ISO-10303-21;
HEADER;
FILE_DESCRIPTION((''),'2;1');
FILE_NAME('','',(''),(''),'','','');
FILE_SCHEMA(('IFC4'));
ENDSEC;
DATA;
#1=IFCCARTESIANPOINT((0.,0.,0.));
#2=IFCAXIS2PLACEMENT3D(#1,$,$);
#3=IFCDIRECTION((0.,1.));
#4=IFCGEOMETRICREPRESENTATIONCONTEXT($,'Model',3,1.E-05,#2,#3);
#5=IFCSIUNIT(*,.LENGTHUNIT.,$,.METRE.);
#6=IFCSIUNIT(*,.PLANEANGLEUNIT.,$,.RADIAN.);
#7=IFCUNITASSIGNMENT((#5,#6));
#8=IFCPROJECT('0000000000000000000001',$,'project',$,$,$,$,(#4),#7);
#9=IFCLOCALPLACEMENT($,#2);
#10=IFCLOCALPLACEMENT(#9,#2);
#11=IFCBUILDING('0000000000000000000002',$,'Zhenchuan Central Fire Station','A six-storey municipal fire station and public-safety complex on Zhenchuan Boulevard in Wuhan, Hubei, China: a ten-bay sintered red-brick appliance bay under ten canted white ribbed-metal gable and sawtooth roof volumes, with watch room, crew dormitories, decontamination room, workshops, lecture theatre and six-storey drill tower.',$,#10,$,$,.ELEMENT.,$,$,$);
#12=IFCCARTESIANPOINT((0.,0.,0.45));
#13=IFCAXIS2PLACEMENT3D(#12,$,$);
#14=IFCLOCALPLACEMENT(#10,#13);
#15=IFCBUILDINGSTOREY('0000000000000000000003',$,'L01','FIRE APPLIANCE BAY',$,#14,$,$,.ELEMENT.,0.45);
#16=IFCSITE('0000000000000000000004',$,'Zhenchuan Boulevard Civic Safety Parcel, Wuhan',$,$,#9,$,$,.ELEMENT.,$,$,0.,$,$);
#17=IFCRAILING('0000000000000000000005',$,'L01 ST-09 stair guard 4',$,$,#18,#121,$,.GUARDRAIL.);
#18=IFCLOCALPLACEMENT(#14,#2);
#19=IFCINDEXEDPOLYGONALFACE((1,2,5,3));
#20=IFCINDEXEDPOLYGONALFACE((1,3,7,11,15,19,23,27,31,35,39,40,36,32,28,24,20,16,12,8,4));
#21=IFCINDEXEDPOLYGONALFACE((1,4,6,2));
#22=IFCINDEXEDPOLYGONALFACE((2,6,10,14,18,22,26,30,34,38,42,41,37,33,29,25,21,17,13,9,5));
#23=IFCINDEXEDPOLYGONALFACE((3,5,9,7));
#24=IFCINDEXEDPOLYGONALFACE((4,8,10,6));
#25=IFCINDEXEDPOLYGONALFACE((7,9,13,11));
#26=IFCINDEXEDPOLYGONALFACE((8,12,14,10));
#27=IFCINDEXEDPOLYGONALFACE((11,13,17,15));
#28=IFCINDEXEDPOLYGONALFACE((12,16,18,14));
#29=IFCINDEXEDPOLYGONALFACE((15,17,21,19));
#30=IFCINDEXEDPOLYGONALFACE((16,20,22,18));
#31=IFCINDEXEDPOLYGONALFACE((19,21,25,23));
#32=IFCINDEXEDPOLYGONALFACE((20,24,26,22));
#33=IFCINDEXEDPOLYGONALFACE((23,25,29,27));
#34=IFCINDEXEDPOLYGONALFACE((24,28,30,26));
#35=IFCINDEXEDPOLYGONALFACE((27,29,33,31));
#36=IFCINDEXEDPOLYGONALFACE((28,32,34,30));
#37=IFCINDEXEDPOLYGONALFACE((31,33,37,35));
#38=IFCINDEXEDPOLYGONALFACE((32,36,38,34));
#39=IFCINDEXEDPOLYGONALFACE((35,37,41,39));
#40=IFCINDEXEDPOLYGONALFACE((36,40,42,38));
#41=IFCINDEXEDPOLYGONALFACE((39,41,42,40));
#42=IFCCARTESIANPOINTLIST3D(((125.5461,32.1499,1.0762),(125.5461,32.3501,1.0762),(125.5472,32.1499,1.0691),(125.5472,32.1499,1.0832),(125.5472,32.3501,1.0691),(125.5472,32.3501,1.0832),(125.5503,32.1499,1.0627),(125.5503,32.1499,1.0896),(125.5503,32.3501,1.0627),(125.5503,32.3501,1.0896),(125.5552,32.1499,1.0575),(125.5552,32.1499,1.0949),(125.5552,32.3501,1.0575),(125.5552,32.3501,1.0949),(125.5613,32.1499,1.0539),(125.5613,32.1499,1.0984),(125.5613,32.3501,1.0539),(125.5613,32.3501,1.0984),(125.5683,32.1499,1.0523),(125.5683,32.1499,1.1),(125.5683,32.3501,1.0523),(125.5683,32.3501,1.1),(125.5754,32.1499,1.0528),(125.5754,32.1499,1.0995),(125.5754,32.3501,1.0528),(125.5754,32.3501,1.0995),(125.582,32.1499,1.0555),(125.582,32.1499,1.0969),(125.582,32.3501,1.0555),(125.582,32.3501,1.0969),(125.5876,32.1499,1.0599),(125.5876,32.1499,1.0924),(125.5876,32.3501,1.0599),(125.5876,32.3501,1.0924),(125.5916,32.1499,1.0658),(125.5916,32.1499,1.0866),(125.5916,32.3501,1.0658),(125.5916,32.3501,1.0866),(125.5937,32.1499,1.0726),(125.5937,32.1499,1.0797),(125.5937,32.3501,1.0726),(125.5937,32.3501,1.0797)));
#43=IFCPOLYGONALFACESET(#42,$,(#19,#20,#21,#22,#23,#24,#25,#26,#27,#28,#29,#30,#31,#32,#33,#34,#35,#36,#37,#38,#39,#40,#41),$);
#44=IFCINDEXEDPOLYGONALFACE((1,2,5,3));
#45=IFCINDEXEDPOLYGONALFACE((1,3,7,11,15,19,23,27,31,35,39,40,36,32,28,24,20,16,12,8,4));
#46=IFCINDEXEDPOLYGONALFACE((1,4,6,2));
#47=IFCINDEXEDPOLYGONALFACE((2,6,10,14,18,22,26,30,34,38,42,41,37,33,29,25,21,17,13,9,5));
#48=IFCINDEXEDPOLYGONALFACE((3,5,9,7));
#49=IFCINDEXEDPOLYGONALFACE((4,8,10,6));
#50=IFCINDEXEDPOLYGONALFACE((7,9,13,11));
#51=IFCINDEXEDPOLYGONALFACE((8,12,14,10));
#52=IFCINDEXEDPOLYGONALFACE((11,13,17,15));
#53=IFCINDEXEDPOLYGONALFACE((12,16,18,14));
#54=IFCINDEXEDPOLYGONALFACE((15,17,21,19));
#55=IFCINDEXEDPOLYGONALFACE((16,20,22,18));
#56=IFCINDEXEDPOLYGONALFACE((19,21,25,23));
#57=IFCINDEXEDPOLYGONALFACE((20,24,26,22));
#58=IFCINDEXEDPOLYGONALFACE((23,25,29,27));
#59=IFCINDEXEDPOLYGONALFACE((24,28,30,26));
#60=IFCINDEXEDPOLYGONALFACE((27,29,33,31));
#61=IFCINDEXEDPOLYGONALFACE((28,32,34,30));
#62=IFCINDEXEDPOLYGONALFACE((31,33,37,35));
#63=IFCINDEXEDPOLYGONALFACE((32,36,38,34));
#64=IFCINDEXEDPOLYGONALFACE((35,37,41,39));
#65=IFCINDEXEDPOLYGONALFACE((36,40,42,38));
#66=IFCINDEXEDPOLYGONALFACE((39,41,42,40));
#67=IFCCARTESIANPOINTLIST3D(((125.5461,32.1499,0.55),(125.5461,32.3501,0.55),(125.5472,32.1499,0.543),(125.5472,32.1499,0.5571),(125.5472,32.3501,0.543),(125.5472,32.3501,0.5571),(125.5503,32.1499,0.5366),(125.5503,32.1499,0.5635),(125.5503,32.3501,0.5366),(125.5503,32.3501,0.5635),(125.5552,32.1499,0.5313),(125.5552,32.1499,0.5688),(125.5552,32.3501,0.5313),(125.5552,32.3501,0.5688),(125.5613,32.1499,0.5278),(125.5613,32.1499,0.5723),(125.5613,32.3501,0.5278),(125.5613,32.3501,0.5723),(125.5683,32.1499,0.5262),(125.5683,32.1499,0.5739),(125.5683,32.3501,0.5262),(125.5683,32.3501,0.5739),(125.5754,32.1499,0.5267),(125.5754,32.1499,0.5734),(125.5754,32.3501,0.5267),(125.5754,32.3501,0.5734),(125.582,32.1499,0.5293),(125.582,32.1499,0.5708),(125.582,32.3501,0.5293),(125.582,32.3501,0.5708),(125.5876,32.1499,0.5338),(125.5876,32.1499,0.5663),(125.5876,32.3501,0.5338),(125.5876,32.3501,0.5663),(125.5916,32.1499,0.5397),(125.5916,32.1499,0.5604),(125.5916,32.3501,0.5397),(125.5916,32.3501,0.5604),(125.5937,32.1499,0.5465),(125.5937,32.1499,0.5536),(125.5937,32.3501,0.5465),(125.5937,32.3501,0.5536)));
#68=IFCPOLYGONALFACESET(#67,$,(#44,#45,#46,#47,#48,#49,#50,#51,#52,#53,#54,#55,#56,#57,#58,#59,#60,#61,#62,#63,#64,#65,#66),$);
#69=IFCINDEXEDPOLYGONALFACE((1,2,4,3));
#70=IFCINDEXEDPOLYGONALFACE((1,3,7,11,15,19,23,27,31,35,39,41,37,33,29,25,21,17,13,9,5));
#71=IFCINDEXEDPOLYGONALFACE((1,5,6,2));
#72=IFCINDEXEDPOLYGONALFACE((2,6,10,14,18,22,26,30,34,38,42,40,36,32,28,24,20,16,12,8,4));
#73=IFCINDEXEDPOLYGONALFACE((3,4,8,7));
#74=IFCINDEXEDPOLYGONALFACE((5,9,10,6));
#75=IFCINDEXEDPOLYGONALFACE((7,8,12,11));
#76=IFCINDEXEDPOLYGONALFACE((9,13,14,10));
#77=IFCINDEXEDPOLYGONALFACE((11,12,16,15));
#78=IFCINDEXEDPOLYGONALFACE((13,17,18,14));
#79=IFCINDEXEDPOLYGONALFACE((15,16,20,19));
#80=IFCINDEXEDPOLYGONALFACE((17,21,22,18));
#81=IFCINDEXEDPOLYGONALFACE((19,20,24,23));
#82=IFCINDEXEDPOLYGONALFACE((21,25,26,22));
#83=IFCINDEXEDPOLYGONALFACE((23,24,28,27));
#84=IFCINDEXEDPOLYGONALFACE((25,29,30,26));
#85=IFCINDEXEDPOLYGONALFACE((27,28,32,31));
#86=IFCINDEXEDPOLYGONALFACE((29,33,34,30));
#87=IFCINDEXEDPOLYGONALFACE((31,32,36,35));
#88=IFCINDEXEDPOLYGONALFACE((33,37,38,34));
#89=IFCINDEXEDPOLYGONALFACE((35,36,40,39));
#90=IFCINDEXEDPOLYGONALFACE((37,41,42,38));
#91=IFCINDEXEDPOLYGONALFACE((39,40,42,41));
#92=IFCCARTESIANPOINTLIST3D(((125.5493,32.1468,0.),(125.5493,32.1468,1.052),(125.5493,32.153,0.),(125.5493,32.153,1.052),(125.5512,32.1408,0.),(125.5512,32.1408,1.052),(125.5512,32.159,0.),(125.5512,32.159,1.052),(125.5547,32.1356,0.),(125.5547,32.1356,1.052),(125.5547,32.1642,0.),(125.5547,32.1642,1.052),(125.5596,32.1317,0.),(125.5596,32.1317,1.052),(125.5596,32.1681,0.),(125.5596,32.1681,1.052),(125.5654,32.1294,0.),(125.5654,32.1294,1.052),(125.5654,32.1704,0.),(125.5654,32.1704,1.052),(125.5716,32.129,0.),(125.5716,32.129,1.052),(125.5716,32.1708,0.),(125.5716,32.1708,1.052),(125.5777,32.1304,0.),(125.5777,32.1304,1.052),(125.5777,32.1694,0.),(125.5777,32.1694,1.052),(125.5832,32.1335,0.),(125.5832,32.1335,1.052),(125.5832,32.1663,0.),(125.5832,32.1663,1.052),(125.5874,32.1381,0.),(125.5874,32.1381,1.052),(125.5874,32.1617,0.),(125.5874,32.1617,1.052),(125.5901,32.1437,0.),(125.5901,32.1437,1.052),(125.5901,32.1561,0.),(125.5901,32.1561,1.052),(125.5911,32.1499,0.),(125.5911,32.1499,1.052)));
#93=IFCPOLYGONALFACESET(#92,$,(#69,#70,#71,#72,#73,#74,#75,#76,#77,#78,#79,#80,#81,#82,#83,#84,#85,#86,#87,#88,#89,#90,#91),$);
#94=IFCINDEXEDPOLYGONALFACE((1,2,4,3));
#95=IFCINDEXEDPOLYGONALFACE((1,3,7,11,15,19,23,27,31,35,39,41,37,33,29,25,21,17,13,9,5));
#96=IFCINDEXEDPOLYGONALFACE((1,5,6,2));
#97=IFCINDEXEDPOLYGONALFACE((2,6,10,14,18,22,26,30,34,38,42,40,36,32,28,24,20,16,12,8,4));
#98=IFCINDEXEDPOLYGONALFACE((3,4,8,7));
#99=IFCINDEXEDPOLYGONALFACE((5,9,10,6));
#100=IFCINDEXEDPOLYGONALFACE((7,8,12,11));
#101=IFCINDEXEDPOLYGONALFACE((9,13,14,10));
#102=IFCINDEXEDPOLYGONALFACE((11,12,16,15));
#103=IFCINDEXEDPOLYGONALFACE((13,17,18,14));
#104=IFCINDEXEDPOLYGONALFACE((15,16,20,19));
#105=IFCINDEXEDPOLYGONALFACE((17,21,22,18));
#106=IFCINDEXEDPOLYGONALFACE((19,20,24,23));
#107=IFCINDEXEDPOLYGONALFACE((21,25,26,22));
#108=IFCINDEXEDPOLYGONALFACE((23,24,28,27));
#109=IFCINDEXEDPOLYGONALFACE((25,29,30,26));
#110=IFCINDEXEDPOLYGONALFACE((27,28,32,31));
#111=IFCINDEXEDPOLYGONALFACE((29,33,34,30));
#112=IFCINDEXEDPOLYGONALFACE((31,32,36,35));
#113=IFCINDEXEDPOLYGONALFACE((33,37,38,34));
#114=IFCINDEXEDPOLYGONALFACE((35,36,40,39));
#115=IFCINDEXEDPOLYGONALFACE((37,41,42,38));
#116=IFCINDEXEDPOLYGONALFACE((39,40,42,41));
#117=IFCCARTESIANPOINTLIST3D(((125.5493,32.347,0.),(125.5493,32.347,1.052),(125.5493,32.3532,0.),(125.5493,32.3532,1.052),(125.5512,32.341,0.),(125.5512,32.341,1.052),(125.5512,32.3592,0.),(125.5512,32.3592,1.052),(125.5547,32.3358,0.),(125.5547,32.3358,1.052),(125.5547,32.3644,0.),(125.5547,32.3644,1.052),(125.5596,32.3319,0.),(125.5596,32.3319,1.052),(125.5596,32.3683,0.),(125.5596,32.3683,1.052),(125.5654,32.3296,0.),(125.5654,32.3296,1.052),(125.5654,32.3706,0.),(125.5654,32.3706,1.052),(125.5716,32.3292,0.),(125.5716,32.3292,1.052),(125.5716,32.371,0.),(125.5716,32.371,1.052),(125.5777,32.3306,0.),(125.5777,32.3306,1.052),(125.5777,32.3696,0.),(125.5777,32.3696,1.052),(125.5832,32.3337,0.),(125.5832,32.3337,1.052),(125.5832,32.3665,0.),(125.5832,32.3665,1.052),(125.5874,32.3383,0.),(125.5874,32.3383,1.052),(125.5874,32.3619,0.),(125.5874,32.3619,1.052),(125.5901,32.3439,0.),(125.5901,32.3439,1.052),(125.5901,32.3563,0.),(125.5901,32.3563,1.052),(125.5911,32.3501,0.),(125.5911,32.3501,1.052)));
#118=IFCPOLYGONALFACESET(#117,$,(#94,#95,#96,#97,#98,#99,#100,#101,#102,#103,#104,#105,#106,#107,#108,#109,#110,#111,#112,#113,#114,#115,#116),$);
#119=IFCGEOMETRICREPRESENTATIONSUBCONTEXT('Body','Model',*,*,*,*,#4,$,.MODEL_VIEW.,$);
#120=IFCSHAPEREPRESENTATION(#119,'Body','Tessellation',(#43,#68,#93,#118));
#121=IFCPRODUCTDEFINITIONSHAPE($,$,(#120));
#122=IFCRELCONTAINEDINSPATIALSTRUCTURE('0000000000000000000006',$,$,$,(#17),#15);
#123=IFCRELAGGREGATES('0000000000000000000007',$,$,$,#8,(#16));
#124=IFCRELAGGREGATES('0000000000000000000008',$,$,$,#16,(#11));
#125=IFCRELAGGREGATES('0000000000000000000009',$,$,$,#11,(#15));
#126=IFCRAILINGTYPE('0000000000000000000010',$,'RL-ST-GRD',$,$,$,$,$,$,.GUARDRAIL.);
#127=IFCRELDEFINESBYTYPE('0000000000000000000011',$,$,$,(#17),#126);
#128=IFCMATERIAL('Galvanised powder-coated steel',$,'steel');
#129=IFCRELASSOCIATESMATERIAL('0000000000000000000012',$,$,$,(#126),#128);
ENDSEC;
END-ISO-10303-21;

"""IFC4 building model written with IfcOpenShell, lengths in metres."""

from ifc_helpers import new_model, si_unit, direction, frame, origin, origin_2d, place, context, subcontext, project, spatial, circle, extrude, material, type_object, element, save


model = new_model("IFC4")

# Units and contexts
model_context = context("Model", 3, precision=1e-05, world=origin(), true_north=direction((0.0, 1.0)))
body_context = subcontext(model_context, "Body", "Model", "MODEL_VIEW")
ifc_project = project(units=[si_unit("LENGTHUNIT", "METRE"), si_unit("PLANEANGLEUNIT", "RADIAN")], contexts=[model_context])

# Site, building, storey
site_placement = place(None, origin())
site = spatial("IfcSite", under=ifc_project, at=site_placement, Name="Zhenchuan Boulevard Civic Safety Parcel, Wuhan", CompositionType="ELEMENT", RefElevation=0.0)
building_placement = place(site_placement, origin())
building = spatial("IfcBuilding", under=site, at=building_placement, Name="Zhenchuan Central Fire Station", Description="A six-storey municipal fire station and public-safety complex on Zhenchuan Boulevard in Wuhan, Hubei, China: a ten-bay sintered red-brick appliance bay under ten canted white ribbed-metal gable and sawtooth roof volumes, with watch room, crew dormitories, decontamination room, workshops, lecture theatre and six-storey drill tower.", CompositionType="ELEMENT")
storey_placement = place(building_placement, frame((0.0, 0.0, 0.45)))
storey = spatial("IfcBuildingStorey", under=building, at=storey_placement, Name="L01", Description="FIRE APPLIANCE BAY", CompositionType="ELEMENT", Elevation=0.45)

# Railing
ifc_material_1 = material(Name="Galvanised powder-coated steel", Category="steel")
railing_type_1 = type_object("IfcRailingType", Name="RL-ST-GRD", PredefinedType="GUARDRAIL", material=ifc_material_1)
railing_1_placement = place(storey_placement, frame((125.5701, 32.1499, 0.0)))
element("IfcRailing", 1, at=railing_1_placement, inside=storey, type_object=railing_type_1, Name="L01 ST-09 stair guard 4", PredefinedType="GUARDRAIL", context=body_context, shape_type="SweptSolid", body=[
    extrude(circle(Radius=0.0239, at=origin_2d()), frame((0.0, 0.0, 1.0762), z_axis=(0.0, 1.0, 0.0), x_axis=(-1.0, 0.0, 0.0)), (0.0, 0.0, 1.0), 0.2002),
    extrude(circle(Radius=0.0239, at=origin_2d()), frame((0.0, 0.0, 0.55), z_axis=(0.0, 1.0, 0.0), x_axis=(-1.0, 0.0, 0.0)), (0.0, 0.0, 1.0), 0.2002),
    extrude(circle(Radius=0.021, at=origin_2d()), origin(), (0.0, 0.0, 1.0), 1.052),
    extrude(circle(Radius=0.021, at=origin_2d()), frame((0.0, 0.2002, 0.0)), (0.0, 0.0, 1.0), 1.052),
])

save(model, "model.ifc")
